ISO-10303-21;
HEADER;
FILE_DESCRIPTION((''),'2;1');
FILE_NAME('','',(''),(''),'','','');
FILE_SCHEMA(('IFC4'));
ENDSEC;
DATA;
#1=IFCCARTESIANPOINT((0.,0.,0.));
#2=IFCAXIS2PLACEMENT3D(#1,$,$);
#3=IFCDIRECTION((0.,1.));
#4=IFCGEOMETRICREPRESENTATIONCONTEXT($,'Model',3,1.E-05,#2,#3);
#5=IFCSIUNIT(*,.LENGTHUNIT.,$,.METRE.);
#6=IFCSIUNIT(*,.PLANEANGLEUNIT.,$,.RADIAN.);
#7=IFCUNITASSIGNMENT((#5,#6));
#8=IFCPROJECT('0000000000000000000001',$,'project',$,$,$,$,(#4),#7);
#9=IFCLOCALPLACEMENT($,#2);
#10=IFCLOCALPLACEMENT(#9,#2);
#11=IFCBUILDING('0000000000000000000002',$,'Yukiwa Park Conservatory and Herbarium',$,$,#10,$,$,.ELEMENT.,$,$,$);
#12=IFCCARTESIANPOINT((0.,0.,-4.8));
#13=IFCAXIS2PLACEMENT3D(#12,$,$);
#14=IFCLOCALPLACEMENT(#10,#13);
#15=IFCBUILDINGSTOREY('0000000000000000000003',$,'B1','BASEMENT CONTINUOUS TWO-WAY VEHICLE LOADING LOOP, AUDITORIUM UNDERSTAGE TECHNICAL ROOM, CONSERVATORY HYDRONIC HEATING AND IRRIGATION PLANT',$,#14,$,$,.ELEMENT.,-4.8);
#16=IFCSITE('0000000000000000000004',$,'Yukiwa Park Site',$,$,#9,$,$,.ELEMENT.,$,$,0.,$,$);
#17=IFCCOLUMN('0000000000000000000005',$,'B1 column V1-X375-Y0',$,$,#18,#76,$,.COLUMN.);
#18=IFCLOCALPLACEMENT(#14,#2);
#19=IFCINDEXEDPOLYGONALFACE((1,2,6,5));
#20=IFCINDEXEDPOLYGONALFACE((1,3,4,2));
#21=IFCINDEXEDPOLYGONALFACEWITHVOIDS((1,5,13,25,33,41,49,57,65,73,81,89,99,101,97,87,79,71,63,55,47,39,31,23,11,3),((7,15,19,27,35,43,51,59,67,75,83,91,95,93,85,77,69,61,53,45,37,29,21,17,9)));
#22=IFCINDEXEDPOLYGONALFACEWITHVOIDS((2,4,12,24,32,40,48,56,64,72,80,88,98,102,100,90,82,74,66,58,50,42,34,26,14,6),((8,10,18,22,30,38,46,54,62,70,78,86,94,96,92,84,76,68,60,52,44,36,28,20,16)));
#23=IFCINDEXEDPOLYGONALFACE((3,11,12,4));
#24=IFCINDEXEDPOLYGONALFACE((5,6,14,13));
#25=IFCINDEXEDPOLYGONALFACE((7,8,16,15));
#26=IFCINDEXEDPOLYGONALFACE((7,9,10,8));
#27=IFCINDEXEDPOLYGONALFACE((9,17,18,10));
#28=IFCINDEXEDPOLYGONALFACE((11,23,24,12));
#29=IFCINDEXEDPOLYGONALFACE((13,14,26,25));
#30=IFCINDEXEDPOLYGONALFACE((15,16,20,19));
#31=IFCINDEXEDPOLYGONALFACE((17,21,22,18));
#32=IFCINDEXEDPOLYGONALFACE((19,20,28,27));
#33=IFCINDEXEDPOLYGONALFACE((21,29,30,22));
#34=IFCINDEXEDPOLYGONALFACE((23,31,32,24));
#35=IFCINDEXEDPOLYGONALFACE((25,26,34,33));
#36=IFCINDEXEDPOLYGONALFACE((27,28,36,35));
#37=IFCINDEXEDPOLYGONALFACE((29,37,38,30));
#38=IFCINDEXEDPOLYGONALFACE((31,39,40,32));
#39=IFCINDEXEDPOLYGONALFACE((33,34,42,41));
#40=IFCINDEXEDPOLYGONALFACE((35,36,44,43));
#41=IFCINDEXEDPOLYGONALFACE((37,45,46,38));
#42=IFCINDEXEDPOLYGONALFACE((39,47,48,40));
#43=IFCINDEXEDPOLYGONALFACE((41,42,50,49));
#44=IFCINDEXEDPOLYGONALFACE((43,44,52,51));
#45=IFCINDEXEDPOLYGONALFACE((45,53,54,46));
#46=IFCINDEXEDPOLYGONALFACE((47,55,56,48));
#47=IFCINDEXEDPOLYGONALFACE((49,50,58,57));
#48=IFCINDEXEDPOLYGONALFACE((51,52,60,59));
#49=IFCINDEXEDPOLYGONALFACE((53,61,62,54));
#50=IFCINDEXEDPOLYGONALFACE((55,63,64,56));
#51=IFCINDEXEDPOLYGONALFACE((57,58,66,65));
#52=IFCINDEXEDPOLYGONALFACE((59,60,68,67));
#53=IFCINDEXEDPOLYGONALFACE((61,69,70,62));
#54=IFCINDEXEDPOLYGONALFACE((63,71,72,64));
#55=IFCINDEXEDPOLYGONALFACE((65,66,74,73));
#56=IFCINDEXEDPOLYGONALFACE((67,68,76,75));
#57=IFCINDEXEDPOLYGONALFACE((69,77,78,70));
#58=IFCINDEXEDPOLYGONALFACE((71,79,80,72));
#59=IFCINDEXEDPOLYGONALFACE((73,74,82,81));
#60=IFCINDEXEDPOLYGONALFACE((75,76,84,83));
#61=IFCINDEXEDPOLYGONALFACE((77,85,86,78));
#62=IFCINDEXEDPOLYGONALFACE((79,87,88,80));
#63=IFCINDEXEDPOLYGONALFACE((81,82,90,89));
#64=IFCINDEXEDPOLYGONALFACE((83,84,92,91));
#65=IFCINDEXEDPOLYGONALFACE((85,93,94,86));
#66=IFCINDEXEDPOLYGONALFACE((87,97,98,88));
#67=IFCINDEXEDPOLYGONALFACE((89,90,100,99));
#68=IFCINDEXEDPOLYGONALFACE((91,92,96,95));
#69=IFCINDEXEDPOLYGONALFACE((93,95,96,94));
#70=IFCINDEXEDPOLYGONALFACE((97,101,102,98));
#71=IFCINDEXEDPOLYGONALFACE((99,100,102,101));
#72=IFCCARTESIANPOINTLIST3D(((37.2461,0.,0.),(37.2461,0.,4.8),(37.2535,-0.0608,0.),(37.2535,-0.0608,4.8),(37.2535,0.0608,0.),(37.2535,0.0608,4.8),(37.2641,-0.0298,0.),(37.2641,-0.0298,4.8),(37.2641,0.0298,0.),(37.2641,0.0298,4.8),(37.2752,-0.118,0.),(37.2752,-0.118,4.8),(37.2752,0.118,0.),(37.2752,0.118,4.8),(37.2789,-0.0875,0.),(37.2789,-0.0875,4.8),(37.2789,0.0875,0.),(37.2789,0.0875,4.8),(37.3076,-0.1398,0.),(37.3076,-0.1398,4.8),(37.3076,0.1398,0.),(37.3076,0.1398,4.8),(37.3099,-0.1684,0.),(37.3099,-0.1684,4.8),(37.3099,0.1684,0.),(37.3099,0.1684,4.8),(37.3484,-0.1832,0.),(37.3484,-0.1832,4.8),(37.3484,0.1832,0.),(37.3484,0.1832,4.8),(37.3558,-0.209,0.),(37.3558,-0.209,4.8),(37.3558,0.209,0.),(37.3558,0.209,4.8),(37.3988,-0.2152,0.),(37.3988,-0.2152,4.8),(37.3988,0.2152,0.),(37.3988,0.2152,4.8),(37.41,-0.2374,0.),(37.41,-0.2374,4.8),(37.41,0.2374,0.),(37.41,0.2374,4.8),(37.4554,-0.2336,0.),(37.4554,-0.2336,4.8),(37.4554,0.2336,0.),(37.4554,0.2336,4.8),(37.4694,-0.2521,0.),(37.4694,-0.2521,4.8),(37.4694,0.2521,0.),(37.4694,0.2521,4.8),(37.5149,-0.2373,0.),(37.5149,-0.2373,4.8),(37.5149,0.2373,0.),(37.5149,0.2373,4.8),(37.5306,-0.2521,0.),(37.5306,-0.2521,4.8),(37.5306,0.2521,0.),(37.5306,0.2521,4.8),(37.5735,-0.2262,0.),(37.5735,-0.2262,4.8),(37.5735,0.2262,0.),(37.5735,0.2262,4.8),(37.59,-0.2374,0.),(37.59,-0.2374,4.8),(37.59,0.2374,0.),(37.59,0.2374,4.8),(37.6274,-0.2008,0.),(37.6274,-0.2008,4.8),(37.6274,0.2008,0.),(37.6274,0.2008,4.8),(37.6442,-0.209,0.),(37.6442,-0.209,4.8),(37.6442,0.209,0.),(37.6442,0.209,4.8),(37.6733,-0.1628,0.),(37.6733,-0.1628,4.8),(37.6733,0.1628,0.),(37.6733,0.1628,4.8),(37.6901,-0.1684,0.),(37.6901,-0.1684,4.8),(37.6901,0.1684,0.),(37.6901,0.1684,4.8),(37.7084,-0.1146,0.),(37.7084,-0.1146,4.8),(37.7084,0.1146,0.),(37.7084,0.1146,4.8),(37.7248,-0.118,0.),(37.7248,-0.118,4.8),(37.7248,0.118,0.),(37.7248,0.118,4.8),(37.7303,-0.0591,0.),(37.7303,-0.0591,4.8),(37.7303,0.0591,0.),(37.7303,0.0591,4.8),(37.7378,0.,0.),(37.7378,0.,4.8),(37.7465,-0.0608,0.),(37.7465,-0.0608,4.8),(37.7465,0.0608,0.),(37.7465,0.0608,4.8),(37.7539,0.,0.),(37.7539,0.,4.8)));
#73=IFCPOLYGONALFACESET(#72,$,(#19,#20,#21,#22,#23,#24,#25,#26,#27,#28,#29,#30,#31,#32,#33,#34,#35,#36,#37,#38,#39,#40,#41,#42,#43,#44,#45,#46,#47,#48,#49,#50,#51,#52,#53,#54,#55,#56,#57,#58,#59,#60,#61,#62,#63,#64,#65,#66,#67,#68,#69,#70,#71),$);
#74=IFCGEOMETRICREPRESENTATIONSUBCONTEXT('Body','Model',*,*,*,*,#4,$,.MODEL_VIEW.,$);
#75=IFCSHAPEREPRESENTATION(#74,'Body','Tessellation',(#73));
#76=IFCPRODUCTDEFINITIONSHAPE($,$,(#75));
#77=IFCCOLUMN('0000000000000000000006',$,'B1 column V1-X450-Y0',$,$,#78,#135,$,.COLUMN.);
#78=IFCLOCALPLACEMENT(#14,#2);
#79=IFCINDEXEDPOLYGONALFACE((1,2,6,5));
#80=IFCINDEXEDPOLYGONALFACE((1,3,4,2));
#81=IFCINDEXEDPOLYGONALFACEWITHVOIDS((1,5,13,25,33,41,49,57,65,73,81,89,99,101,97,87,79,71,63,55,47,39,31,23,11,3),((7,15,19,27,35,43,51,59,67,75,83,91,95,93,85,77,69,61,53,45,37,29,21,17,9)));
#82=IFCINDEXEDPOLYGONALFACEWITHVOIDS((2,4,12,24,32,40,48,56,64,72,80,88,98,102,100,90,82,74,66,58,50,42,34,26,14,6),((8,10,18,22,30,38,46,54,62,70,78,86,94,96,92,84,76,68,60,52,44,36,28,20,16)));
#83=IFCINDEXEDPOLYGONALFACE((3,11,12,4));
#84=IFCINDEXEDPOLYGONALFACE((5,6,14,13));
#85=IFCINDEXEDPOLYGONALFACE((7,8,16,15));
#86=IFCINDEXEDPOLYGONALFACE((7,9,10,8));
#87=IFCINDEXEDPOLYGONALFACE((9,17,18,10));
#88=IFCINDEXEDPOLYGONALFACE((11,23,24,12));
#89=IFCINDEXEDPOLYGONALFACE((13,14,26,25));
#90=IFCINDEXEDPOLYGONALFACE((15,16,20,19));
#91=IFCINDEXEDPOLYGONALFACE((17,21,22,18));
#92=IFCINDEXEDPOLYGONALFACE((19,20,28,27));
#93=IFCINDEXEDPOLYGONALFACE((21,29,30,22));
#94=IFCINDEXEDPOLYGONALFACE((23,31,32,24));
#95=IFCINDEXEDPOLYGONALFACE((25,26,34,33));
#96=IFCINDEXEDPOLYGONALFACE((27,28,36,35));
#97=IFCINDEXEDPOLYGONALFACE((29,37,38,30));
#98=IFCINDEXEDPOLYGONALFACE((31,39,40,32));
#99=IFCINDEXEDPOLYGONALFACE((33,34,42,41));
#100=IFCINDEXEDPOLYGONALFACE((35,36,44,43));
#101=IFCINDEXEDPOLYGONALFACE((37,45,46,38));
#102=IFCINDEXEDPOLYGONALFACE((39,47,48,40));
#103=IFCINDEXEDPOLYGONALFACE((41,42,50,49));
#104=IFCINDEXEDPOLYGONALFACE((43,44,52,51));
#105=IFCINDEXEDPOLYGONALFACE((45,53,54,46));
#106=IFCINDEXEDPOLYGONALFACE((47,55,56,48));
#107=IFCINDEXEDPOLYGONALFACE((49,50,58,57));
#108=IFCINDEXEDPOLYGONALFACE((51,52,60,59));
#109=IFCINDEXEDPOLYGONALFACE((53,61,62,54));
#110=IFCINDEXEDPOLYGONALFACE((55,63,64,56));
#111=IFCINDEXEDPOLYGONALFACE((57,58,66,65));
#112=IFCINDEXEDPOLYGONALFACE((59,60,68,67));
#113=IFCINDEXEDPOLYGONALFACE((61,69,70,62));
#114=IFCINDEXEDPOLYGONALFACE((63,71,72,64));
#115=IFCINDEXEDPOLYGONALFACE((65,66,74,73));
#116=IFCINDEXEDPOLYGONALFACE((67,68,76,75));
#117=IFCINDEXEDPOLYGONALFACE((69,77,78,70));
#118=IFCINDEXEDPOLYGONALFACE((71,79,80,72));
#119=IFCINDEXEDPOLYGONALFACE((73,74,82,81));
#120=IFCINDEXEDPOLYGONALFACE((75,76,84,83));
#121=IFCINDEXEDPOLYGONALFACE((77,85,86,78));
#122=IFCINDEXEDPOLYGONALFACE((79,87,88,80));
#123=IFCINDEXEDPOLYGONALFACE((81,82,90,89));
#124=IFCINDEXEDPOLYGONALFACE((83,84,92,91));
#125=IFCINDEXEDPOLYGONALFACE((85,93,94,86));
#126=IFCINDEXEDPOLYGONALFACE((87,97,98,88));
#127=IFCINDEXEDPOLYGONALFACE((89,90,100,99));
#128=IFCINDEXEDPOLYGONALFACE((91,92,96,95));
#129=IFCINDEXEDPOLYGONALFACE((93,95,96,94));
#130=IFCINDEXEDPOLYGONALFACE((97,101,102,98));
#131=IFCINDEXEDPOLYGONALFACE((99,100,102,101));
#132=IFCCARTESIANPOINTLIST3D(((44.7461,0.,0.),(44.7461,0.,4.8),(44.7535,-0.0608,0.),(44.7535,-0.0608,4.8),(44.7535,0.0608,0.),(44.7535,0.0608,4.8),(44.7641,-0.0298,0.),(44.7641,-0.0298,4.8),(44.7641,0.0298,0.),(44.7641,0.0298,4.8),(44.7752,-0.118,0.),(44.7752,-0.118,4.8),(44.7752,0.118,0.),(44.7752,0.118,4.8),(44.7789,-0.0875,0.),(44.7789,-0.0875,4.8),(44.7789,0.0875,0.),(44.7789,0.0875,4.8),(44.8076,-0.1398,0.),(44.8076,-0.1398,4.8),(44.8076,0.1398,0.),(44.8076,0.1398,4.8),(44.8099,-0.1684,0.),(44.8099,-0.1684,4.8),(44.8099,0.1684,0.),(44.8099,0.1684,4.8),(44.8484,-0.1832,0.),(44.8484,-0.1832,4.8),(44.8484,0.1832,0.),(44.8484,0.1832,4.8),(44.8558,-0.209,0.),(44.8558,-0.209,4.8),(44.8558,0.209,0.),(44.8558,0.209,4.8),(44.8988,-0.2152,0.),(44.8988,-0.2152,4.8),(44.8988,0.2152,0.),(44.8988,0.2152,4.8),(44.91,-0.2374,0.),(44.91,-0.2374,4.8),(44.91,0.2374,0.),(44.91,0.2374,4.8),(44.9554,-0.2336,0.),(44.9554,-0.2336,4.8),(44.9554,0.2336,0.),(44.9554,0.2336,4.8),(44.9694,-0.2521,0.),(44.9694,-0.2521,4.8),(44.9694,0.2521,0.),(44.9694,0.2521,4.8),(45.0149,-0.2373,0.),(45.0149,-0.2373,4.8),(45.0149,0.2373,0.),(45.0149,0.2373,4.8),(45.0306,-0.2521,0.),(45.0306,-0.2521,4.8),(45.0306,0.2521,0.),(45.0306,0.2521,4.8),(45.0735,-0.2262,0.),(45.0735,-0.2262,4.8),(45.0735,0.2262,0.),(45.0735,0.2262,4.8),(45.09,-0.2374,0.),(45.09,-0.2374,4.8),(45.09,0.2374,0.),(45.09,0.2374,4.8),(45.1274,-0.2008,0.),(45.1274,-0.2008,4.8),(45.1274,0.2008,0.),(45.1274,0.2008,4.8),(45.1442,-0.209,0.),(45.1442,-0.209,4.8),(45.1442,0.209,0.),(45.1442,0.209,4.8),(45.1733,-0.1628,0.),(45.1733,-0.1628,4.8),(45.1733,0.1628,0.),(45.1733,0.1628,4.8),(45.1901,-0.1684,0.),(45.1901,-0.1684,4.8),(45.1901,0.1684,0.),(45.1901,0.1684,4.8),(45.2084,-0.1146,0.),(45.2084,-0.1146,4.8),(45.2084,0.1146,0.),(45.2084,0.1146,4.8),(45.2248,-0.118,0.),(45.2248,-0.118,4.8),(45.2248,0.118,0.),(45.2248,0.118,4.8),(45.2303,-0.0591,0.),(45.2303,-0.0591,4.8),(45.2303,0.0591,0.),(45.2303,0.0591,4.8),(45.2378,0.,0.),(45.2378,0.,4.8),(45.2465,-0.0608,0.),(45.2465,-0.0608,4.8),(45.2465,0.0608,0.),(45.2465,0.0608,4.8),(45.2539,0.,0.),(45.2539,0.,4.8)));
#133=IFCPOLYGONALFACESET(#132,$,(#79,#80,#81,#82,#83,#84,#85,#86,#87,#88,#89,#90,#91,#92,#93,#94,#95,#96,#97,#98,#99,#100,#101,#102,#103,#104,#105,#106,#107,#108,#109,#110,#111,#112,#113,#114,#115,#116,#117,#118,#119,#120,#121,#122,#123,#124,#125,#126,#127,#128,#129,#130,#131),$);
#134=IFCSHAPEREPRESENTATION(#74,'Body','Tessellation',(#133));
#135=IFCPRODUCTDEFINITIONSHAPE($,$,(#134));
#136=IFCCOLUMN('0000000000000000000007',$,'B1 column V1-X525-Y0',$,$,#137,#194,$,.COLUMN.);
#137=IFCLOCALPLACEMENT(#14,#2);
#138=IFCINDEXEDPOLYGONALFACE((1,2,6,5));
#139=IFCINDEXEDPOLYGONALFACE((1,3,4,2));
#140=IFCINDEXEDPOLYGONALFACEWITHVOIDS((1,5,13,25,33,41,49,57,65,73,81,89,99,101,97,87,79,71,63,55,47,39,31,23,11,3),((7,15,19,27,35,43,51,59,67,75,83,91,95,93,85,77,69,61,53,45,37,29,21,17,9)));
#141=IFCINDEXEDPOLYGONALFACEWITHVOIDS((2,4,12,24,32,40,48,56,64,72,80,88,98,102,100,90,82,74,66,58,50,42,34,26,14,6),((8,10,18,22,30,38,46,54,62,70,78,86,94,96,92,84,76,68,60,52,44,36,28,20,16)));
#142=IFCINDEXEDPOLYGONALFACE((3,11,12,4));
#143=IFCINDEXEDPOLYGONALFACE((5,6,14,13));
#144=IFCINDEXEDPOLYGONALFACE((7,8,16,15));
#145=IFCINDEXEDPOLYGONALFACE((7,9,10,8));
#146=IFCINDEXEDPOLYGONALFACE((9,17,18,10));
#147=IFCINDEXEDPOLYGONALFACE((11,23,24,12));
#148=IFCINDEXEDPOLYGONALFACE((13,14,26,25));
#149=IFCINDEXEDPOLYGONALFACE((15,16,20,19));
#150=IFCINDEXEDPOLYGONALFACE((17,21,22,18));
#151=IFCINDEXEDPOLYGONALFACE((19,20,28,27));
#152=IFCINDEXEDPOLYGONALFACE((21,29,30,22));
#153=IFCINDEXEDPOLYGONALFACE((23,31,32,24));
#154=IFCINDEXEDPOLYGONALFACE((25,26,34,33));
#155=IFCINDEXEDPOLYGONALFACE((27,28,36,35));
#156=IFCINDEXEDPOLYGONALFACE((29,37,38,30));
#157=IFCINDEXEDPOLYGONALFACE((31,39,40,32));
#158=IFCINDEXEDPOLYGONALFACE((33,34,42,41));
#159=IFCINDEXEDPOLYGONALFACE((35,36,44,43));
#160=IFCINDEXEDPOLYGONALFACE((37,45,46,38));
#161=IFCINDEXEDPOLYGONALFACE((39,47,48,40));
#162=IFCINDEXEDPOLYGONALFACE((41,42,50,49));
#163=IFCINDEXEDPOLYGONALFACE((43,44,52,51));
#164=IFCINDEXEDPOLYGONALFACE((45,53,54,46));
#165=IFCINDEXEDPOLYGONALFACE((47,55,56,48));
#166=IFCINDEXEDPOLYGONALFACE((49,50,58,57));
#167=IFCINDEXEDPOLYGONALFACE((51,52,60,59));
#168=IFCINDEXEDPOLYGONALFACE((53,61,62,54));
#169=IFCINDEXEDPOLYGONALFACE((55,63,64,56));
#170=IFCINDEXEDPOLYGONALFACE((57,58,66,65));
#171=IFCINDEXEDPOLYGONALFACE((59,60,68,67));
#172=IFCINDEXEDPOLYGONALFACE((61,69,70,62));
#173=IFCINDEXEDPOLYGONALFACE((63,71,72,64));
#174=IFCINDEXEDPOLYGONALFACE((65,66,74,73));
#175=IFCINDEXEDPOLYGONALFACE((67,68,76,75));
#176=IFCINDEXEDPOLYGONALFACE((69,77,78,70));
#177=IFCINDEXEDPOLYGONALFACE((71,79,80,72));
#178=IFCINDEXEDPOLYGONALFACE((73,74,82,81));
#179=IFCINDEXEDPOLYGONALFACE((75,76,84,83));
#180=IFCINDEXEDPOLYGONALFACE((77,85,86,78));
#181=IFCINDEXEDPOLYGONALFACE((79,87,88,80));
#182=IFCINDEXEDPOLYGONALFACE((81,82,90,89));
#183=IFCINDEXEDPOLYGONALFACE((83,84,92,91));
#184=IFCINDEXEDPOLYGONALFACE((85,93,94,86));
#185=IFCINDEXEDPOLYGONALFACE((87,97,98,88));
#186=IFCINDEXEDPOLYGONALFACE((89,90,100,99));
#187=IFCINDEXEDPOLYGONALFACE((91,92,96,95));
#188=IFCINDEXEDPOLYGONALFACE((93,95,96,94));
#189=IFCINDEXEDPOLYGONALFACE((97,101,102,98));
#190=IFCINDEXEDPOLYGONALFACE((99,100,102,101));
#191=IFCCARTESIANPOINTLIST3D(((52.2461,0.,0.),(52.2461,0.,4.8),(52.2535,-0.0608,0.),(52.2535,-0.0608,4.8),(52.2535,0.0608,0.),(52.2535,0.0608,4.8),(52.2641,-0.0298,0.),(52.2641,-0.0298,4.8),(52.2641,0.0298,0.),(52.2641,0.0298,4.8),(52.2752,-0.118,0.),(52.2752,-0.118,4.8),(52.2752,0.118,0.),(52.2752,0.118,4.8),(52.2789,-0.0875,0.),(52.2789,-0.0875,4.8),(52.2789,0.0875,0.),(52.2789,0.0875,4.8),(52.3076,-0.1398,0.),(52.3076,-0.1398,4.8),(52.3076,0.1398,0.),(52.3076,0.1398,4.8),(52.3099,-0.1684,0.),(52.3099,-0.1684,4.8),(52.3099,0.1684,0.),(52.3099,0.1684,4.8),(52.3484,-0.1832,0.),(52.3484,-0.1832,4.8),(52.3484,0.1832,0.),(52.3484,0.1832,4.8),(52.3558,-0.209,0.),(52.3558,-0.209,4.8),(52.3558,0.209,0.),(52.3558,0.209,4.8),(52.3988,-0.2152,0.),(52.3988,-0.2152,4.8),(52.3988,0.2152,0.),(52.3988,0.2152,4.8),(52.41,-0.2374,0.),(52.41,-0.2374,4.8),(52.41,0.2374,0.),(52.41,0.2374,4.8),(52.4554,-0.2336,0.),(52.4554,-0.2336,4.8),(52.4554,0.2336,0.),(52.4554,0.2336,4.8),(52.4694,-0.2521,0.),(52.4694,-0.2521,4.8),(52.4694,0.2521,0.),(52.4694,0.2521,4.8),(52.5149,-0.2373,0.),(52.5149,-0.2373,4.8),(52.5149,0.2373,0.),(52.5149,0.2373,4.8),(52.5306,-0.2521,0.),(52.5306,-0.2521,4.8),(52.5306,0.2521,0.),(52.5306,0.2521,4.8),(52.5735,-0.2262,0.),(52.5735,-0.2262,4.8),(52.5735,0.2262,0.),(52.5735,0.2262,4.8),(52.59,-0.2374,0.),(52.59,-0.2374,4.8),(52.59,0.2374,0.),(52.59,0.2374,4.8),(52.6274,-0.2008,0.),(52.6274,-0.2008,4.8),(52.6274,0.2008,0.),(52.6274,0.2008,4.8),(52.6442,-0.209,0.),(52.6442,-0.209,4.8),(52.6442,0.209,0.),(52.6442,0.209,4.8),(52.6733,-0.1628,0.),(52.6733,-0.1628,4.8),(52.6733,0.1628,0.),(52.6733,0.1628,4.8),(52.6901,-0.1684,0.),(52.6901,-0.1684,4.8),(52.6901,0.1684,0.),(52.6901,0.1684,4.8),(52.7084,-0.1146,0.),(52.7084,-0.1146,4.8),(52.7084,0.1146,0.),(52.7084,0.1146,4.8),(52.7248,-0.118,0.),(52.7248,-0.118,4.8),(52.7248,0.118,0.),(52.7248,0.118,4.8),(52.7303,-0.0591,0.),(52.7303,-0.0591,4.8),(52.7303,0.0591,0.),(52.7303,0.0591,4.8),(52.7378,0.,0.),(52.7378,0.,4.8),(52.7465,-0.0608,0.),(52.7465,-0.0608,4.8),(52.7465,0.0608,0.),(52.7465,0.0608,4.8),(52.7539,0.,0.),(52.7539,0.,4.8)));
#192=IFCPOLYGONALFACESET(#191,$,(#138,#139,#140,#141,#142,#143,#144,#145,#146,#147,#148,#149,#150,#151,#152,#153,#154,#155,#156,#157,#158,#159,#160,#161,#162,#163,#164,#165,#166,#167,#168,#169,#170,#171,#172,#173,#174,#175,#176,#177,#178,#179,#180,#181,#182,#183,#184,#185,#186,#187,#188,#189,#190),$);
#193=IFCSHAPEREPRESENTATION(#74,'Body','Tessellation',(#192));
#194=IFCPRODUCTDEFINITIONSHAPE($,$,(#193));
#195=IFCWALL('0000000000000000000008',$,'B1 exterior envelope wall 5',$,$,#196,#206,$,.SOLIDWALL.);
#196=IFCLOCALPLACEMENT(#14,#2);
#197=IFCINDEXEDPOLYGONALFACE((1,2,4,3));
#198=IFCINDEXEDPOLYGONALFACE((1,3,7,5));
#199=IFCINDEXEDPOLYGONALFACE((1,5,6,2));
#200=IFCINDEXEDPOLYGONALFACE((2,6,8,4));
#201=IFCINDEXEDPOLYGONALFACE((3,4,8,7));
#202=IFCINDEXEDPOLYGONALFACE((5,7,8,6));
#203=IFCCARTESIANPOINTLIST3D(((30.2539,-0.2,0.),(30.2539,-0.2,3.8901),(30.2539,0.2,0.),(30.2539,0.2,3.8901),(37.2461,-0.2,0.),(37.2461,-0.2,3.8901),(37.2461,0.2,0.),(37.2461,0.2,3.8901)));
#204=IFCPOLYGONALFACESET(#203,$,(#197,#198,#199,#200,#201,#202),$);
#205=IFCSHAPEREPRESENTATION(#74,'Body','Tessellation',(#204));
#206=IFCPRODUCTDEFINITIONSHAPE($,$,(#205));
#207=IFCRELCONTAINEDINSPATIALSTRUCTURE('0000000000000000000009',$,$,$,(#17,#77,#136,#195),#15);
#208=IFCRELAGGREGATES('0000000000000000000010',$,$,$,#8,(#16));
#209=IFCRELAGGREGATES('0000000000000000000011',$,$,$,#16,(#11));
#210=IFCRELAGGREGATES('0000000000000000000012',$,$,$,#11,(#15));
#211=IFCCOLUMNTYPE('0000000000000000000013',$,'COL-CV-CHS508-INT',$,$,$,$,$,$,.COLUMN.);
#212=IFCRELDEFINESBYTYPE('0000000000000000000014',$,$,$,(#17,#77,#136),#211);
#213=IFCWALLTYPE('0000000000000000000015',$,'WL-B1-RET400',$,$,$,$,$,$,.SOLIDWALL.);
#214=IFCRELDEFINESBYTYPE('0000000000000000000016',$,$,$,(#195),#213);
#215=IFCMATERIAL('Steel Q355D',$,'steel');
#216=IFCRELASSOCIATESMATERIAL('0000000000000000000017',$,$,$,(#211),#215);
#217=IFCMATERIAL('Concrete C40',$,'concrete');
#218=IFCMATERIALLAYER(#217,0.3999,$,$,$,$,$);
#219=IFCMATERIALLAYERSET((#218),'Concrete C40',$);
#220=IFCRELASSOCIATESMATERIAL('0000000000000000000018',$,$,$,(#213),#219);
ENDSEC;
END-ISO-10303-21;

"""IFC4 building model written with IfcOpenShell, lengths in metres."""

from ifc_helpers import new_model, si_unit, direction, frame, frame_2d, origin, origin_2d, place, context, subcontext, project, spatial, rectangle, hollow_circle, extrude, material, layer, layer_set, material_profile, profile_set, type_object, element, save


model = new_model("IFC4")

# Units and contexts
model_context = context("Model", 3, precision=1e-05, world=origin(), true_north=direction((0.0, 1.0)))
body_context = subcontext(model_context, "Body", "Model", "MODEL_VIEW")
ifc_project = project(units=[si_unit("LENGTHUNIT", "METRE"), si_unit("PLANEANGLEUNIT", "RADIAN")], contexts=[model_context])

# Site, building, storey
site_placement = place(None, origin())
site = spatial("IfcSite", under=ifc_project, at=site_placement, Name="Yukiwa Park Site", CompositionType="ELEMENT", RefElevation=0.0)
building_placement = place(site_placement, origin())
building = spatial("IfcBuilding", under=site, at=building_placement, Name="Yukiwa Park Conservatory and Herbarium", CompositionType="ELEMENT")
storey_placement = place(building_placement, frame((0.0, 0.0, -4.8)))
storey = spatial("IfcBuildingStorey", under=building, at=storey_placement, Name="B1", Description="BASEMENT CONTINUOUS TWO-WAY VEHICLE LOADING LOOP, AUDITORIUM UNDERSTAGE TECHNICAL ROOM, CONSERVATORY HYDRONIC HEATING AND IRRIGATION PLANT", CompositionType="ELEMENT", Elevation=-4.8)

# Columns
ifc_material_1 = material(Name="Steel Q355D", Category="steel")
ifc_material_profile_1 = material_profile(ifc_material_1, hollow_circle(Radius=0.2539, WallThickness=0.0161, at=origin_2d()), Name="CHS 508x16")
ifc_profile_set_1 = profile_set([ifc_material_profile_1], Name="Steel Q355D")
column_type = type_object("IfcColumnType", Name="COL-CV-CHS508-INT", PredefinedType="COLUMN", material=ifc_profile_set_1)
for number, where, z_axis, x_axis, name in (
    (1, (37.5, 0.0, 0.0), (0.0, 0.0, 1.0), (1.0, 0.0, 0.0), "B1 column V1-X375-Y0"),
    (2, (45.0, 0.0, 0.0), (0.0, 0.0, 1.0), (1.0, 0.0, 0.0), "B1 column V1-X450-Y0"),
    (3, (52.5, 0.0, 0.0), (0.0, 0.0, 1.0), (1.0, 0.0, 0.0), "B1 column V1-X525-Y0"),
):
    element("IfcColumn", number, at=place(storey_placement, frame(where, z_axis=z_axis, x_axis=x_axis)), inside=storey, type_object=column_type, Name=name, PredefinedType="COLUMN", context=body_context, shape_type="SweptSolid", body=[
        extrude(hollow_circle(Radius=0.2539, WallThickness=0.0161, at=origin_2d()), origin(), (0.0, 0.0, 1.0), 4.8),
    ])

# Wall
ifc_material_2 = material(Name="Concrete C40", Category="concrete")
ifc_layer = layer(ifc_material_2, 0.3999)
ifc_layer_set = layer_set([ifc_layer], Name="Concrete C40")
wall_type = type_object("IfcWallType", Name="WL-B1-RET400", PredefinedType="SOLIDWALL", material=ifc_layer_set)
for number, where, z_axis, x_axis, name in (
    (4, (30.2539, 0.0, 0.0), (0.0, 0.0, 1.0), (1.0, 0.0, 0.0), "B1 exterior envelope wall 5"),
):
    element("IfcWall", number, at=place(storey_placement, frame(where, z_axis=z_axis, x_axis=x_axis)), inside=storey, type_object=wall_type, Name=name, PredefinedType="SOLIDWALL", context=body_context, shape_type="SweptSolid", body=[
        extrude(rectangle(XDim=6.9922, YDim=0.3999, at=frame_2d((3.4961, 0.0))), origin(), (0.0, 0.0, 1.0), 3.8901),
    ])

save(model, "model.ifc")
